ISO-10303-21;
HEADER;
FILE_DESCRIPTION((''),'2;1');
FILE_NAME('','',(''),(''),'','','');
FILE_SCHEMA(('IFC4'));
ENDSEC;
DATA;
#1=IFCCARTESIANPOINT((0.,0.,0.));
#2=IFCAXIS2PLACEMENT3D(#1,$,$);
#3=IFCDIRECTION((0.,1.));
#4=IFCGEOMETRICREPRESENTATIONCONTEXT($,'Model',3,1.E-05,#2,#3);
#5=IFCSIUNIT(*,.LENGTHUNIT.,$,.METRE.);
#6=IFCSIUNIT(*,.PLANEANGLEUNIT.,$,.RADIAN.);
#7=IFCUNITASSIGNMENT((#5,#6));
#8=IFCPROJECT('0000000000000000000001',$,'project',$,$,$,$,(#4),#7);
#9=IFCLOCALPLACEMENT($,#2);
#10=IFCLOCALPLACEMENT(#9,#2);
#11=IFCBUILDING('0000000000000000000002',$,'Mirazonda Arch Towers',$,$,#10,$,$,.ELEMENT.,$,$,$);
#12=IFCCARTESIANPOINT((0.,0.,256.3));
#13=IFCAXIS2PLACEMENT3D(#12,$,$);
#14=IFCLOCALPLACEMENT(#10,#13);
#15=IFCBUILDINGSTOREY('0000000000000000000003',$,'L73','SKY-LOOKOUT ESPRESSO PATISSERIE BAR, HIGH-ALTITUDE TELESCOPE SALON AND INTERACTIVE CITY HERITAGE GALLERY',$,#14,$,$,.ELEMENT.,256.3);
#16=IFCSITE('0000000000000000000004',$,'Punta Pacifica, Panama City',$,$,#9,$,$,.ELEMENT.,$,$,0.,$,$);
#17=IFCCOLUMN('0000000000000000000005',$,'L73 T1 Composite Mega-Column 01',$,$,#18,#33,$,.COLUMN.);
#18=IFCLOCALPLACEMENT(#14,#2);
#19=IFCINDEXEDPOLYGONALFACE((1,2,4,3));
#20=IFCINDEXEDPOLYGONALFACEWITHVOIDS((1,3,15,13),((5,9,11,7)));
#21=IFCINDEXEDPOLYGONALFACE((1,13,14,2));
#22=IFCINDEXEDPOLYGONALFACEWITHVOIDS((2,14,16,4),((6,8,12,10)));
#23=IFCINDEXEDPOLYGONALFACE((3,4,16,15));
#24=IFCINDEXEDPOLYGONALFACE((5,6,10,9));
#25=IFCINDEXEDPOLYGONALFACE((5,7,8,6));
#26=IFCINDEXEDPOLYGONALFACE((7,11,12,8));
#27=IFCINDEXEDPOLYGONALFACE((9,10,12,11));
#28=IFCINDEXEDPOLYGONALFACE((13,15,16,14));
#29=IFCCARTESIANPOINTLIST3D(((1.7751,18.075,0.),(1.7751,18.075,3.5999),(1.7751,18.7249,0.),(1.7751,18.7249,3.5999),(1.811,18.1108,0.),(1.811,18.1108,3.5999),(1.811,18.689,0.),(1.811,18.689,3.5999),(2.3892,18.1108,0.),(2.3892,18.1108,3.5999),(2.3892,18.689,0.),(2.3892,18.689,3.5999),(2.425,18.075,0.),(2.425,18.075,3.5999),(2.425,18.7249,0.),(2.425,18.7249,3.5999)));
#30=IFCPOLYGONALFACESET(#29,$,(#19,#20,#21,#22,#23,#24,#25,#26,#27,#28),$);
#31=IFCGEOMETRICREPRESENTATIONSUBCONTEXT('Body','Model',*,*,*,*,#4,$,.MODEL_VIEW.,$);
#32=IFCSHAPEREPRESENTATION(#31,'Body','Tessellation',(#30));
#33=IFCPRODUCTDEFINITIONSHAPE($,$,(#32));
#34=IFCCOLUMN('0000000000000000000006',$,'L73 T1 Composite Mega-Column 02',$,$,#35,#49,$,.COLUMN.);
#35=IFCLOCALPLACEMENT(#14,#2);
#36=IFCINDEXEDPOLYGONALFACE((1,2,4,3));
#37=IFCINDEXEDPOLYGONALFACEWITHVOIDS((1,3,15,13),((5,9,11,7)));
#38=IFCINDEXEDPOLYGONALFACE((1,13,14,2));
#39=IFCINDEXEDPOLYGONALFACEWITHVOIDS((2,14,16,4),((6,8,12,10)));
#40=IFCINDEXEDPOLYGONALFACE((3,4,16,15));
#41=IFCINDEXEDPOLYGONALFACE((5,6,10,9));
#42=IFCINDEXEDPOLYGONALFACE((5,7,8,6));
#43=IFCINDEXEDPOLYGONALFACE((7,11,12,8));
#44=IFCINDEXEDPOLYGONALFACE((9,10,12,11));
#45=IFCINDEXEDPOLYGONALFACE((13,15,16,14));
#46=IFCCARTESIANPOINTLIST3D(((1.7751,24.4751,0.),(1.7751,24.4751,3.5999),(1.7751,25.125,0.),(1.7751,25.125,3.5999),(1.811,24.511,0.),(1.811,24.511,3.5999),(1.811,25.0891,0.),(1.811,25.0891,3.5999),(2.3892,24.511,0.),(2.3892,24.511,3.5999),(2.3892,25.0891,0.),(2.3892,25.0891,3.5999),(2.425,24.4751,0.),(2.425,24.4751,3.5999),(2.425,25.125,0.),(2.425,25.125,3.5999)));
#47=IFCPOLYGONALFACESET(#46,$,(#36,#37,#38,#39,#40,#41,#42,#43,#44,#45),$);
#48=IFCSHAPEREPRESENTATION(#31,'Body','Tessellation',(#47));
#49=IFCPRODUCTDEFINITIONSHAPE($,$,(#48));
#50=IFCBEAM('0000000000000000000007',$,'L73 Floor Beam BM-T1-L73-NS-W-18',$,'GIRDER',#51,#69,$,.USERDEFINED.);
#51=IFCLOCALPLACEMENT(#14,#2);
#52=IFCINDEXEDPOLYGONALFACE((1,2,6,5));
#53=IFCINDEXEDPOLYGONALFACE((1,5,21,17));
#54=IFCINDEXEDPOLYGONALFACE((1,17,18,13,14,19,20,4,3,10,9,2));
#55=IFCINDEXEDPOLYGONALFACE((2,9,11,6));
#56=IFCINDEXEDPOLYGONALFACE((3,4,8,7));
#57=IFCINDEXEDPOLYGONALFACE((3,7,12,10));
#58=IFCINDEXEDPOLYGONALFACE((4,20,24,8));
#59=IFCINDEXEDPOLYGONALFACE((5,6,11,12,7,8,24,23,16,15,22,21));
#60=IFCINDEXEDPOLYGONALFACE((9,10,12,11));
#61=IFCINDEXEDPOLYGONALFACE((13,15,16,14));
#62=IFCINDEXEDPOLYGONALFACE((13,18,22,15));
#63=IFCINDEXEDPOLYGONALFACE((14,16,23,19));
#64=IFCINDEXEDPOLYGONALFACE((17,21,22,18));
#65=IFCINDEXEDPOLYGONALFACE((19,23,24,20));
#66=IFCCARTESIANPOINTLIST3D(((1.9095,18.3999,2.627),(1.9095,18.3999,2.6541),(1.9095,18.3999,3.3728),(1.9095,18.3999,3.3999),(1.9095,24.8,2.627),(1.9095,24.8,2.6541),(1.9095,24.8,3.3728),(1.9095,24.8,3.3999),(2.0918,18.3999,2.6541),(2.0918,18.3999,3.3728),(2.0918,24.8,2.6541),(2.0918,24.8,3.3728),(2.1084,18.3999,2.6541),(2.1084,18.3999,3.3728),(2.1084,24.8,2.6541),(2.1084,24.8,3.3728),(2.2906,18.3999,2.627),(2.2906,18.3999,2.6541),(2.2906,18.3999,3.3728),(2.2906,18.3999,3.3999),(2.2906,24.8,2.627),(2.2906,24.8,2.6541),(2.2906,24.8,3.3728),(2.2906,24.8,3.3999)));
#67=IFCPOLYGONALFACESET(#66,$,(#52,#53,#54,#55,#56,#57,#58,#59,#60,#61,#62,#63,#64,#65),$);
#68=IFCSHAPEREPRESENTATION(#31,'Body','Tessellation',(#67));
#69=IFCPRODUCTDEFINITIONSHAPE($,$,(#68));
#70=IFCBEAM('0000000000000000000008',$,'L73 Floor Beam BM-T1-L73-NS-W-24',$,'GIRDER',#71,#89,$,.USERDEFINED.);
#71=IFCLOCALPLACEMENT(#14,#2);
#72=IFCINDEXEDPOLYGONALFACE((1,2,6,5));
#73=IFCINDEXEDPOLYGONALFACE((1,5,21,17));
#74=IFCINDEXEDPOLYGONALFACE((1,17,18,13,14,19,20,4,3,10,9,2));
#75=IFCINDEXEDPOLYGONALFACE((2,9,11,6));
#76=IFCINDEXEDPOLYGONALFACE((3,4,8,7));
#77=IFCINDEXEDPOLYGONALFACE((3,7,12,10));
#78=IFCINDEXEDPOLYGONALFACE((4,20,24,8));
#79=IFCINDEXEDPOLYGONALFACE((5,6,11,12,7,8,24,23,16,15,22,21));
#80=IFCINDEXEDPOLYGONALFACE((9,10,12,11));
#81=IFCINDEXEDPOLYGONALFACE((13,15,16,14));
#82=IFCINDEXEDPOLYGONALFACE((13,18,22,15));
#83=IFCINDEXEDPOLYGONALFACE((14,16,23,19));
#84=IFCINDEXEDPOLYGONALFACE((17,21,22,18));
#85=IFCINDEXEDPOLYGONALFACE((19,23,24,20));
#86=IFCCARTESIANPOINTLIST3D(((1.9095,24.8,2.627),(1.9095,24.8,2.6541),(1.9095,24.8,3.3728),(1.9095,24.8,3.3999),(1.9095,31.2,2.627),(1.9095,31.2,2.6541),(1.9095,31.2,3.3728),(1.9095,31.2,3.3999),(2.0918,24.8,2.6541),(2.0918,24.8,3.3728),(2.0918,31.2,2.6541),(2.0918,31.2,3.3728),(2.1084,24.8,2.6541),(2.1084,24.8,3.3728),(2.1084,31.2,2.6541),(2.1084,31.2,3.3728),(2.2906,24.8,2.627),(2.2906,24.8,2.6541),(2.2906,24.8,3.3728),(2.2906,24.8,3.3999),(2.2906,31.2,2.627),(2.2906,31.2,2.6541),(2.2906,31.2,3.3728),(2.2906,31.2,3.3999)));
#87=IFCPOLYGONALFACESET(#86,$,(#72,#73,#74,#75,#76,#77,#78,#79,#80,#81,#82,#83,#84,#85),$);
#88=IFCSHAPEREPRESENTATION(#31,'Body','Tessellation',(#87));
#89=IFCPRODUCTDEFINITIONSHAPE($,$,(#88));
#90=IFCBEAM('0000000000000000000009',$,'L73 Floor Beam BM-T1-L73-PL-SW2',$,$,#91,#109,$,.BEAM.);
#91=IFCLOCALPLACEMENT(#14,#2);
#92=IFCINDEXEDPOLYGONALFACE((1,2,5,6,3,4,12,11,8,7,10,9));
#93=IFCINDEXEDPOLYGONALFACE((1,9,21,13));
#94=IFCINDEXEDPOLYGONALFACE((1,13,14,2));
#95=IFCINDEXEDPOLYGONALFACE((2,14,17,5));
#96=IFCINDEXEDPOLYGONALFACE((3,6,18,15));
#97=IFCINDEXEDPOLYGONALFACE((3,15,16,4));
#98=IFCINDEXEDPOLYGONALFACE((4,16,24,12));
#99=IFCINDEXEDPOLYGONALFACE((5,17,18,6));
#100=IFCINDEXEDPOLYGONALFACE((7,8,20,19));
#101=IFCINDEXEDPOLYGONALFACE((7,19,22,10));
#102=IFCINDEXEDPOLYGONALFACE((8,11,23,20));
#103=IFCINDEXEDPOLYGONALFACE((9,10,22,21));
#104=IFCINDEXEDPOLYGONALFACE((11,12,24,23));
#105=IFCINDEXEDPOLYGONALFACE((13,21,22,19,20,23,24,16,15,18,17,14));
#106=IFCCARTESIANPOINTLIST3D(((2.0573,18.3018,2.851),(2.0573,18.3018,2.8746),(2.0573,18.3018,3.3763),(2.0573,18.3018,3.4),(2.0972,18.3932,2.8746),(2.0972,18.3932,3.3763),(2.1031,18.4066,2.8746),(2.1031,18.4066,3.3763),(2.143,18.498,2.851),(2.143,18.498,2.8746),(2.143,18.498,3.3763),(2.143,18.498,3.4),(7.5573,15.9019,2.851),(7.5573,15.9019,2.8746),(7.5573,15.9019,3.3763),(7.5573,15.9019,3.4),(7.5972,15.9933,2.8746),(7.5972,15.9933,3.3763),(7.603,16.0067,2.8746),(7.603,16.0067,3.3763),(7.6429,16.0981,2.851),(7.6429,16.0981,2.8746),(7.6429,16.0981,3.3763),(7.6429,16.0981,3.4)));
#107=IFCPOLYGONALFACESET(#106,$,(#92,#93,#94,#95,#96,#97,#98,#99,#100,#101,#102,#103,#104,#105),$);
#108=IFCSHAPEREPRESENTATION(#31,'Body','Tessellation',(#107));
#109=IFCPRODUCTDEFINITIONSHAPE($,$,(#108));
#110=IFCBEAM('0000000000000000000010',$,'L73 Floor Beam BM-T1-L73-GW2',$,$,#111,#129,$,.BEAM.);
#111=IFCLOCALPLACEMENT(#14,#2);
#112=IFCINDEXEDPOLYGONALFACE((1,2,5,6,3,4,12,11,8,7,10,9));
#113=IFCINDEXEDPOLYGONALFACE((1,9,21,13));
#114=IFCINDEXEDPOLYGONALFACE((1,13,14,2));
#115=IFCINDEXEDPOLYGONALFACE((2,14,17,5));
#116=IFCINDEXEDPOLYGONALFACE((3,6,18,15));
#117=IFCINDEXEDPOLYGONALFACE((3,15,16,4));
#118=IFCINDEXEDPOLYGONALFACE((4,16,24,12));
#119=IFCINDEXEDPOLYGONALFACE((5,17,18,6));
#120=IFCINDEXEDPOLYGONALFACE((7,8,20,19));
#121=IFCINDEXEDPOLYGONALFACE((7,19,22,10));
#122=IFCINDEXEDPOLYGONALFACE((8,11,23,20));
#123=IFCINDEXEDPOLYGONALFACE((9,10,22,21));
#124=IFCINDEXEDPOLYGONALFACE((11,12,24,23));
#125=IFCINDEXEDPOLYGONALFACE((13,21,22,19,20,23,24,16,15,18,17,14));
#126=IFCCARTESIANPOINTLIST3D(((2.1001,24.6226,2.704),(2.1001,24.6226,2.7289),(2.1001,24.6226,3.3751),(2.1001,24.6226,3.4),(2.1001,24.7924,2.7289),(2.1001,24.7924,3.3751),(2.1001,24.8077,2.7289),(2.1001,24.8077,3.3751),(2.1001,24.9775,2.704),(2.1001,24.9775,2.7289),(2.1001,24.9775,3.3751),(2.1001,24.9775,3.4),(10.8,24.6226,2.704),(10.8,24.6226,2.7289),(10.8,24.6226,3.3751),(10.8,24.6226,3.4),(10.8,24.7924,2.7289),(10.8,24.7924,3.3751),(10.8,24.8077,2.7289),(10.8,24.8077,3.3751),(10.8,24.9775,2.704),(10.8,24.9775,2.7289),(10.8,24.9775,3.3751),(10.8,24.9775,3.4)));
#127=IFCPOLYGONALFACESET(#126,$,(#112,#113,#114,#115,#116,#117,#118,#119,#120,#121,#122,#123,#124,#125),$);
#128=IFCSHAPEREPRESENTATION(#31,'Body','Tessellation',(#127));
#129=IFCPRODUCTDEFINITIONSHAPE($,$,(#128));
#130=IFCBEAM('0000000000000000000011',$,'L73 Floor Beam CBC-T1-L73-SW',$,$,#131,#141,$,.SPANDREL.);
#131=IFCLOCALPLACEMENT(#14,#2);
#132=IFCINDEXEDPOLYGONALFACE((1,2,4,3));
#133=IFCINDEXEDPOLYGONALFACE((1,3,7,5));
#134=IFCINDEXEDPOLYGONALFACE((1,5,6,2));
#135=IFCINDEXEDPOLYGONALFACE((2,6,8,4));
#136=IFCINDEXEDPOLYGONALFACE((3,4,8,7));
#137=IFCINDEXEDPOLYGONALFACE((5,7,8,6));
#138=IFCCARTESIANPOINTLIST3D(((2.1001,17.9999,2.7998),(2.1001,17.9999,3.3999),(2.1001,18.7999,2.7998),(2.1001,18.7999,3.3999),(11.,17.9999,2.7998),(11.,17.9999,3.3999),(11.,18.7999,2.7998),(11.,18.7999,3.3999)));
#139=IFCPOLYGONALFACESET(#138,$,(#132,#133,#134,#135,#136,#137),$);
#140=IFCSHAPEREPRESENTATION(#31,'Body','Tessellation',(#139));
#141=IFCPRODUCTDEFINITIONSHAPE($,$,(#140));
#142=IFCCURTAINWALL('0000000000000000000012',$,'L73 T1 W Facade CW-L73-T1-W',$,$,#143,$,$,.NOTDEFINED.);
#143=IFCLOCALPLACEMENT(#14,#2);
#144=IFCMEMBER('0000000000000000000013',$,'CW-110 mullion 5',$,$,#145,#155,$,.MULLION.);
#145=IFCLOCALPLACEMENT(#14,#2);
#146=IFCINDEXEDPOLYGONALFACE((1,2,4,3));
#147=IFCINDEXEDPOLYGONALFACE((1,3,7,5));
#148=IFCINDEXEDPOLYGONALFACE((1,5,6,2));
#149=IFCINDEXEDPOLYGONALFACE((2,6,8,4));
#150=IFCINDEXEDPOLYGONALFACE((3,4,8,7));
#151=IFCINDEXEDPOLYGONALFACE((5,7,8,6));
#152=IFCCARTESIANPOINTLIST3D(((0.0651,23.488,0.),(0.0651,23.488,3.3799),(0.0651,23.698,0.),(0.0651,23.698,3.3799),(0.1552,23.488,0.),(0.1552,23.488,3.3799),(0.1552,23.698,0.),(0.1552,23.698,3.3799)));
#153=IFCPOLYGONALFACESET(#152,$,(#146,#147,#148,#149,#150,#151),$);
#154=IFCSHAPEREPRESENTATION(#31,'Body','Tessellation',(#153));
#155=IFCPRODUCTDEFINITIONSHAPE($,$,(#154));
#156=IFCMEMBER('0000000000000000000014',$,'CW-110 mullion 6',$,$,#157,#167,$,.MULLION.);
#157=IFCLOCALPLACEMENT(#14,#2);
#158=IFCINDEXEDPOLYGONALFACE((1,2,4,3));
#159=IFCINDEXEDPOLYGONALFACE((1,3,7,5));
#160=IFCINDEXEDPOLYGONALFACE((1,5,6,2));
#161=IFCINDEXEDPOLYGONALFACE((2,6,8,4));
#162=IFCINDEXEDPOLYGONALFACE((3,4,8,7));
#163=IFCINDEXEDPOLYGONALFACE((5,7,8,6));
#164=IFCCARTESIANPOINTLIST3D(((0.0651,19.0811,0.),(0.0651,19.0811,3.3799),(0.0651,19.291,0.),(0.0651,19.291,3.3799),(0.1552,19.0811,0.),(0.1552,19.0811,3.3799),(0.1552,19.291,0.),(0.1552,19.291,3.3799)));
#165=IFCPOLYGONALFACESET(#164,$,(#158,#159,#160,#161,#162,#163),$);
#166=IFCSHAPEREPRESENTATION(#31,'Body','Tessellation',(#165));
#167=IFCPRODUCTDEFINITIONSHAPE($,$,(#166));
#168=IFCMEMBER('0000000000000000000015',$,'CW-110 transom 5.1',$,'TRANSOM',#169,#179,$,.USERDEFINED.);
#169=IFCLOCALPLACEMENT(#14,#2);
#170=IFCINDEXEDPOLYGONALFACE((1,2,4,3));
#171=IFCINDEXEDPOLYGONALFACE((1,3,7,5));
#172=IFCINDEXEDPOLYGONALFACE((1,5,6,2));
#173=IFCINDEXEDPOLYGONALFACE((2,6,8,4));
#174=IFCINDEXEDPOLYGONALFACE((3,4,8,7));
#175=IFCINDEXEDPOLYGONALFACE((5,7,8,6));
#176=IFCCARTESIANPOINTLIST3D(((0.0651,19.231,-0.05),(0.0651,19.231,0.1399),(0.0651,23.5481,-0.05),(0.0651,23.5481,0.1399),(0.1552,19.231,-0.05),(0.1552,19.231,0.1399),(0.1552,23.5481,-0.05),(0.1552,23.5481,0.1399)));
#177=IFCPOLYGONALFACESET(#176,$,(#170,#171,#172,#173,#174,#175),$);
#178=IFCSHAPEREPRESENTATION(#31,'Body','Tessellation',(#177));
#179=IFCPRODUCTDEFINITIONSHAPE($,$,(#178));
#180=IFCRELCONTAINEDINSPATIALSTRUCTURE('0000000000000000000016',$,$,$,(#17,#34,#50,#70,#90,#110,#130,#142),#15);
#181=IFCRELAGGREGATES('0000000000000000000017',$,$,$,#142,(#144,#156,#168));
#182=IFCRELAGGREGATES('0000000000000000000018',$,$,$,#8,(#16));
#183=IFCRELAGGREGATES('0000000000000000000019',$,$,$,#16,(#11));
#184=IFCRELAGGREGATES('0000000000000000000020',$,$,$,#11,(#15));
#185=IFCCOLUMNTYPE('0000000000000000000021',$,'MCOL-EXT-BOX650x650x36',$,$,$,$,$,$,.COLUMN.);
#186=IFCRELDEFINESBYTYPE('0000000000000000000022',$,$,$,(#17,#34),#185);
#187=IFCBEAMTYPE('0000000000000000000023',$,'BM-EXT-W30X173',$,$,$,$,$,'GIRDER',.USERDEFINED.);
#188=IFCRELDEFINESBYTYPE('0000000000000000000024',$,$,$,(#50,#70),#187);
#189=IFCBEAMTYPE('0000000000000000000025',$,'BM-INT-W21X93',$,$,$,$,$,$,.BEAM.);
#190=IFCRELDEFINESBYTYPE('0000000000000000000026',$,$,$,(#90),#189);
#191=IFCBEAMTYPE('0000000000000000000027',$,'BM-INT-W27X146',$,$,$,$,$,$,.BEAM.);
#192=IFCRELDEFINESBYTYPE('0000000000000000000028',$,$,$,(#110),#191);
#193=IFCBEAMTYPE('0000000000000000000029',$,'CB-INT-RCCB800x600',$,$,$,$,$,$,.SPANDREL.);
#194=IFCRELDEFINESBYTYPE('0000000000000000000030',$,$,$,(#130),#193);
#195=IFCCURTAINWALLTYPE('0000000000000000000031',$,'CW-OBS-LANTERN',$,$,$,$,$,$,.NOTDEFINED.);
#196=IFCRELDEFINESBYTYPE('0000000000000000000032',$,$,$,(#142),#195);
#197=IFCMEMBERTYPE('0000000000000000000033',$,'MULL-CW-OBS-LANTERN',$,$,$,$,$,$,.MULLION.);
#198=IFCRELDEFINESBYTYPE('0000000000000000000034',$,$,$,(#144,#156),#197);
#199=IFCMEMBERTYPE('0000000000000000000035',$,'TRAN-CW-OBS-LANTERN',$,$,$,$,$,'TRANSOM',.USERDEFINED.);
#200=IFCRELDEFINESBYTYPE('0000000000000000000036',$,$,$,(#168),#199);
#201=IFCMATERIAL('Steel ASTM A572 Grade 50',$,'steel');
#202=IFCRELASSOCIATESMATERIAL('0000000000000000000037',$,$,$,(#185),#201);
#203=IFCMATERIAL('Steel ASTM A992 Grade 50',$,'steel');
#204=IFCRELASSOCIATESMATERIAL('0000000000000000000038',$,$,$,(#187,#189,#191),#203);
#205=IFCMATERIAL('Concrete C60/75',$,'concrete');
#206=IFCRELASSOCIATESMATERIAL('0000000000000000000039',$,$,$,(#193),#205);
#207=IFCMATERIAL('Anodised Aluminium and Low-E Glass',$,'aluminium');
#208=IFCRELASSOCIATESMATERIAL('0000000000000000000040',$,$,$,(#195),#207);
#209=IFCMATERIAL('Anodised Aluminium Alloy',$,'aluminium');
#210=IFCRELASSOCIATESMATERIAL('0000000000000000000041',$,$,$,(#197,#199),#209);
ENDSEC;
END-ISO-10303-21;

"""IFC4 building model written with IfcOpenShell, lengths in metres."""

from ifc_helpers import new_model, si_unit, direction, frame, origin, origin_2d, place, context, subcontext, project, spatial, rectangle, hollow_rectangle, i_section, extrude, material, material_profile, profile_set, type_object, element, aggregate, save


model = new_model("IFC4")

# Units and contexts
model_context = context("Model", 3, precision=1e-05, world=origin(), true_north=direction((0.0, 1.0)))
body_context = subcontext(model_context, "Body", "Model", "MODEL_VIEW")
ifc_project = project(units=[si_unit("LENGTHUNIT", "METRE"), si_unit("PLANEANGLEUNIT", "RADIAN")], contexts=[model_context])

# Site, building, storey
site_placement = place(None, origin())
site = spatial("IfcSite", under=ifc_project, at=site_placement, Name="Punta Pacifica, Panama City", CompositionType="ELEMENT", RefElevation=0.0)
building_placement = place(site_placement, origin())
building = spatial("IfcBuilding", under=site, at=building_placement, Name="Mirazonda Arch Towers", CompositionType="ELEMENT")
storey_placement = place(building_placement, frame((0.0, 0.0, 256.3)))
storey = spatial("IfcBuildingStorey", under=building, at=storey_placement, Name="L73", Description="SKY-LOOKOUT ESPRESSO PATISSERIE BAR, HIGH-ALTITUDE TELESCOPE SALON AND INTERACTIVE CITY HERITAGE GALLERY", CompositionType="ELEMENT", Elevation=256.3)

# Columns
ifc_material_1 = material(Name="Steel ASTM A572 Grade 50", Category="steel")
ifc_material_profile_1 = material_profile(ifc_material_1, hollow_rectangle(XDim=0.6499, YDim=0.6499, WallThickness=0.0359, at=origin_2d()), Name="BOX650x650x36")
ifc_profile_set_1 = profile_set([ifc_material_profile_1], Name="Steel ASTM A572 Grade 50")
column_type = type_object("IfcColumnType", Name="MCOL-EXT-BOX650x650x36", PredefinedType="COLUMN", material=ifc_profile_set_1)
for number, where, z_axis, x_axis, name in (
    (1, (2.1001, 18.3999, 0.0), (0.0, 0.0, 1.0), (1.0, 0.0, 0.0), "L73 T1 Composite Mega-Column 01"),
    (2, (2.1001, 24.8, 0.0), (0.0, 0.0, 1.0), (1.0, 0.0, 0.0), "L73 T1 Composite Mega-Column 02"),
):
    element("IfcColumn", number, at=place(storey_placement, frame(where, z_axis=z_axis, x_axis=x_axis)), inside=storey, type_object=column_type, Name=name, PredefinedType="COLUMN", context=body_context, shape_type="SweptSolid", body=[
        extrude(hollow_rectangle(XDim=0.6499, YDim=0.6499, WallThickness=0.0359, at=origin_2d()), origin(), (0.0, 0.0, 1.0), 3.5999),
    ])

# Beams
ifc_material_2 = material(Name="Steel ASTM A992 Grade 50", Category="steel")
ifc_material_profile_2 = material_profile(ifc_material_2, i_section(OverallWidth=0.3811, OverallDepth=0.7729, WebThickness=0.0166, FlangeThickness=0.0271, at=origin_2d()), Name="W30X173")
ifc_profile_set_2 = profile_set([ifc_material_profile_2], Name="Steel ASTM A992 Grade 50")
beam_type_1 = type_object("IfcBeamType", Name="BM-EXT-W30X173", ElementType="GIRDER", PredefinedType="USERDEFINED", material=ifc_profile_set_2)
beam_1_placement = place(storey_placement, frame((2.1001, 18.3999, 3.0134), z_axis=(0.0, 1.0, 0.0), x_axis=(-1.0, 0.0, 0.0)))
element("IfcBeam", 3, at=beam_1_placement, inside=storey, type_object=beam_type_1, Name="L73 Floor Beam BM-T1-L73-NS-W-18", ObjectType="GIRDER", PredefinedType="USERDEFINED", context=body_context, shape_type="SweptSolid", body=[
    extrude(i_section(OverallWidth=0.3811, OverallDepth=0.7729, WebThickness=0.0166, FlangeThickness=0.0271, at=origin_2d()), origin(), (0.0, 0.0, 1.0), 6.4001),
])
beam_2_placement = place(storey_placement, frame((2.1001, 24.8, 3.0134), z_axis=(0.0, 1.0, 0.0), x_axis=(-1.0, 0.0, 0.0)))
element("IfcBeam", 4, at=beam_2_placement, inside=storey, type_object=beam_type_1, Name="L73 Floor Beam BM-T1-L73-NS-W-24", ObjectType="GIRDER", PredefinedType="USERDEFINED", context=body_context, shape_type="SweptSolid", body=[
    extrude(i_section(OverallWidth=0.3811, OverallDepth=0.7729, WebThickness=0.0166, FlangeThickness=0.0271, at=origin_2d()), origin(), (0.0, 0.0, 1.0), 6.3999),
])
ifc_material_profile_3 = material_profile(ifc_material_2, i_section(OverallWidth=0.2141, OverallDepth=0.5491, WebThickness=0.0146, FlangeThickness=0.0237, at=origin_2d()), Name="W21X93")
ifc_profile_set_3 = profile_set([ifc_material_profile_3], Name="Steel ASTM A992 Grade 50")
beam_type_2 = type_object("IfcBeamType", Name="BM-INT-W21X93", PredefinedType="BEAM", material=ifc_profile_set_3)
beam_3_placement = place(storey_placement, frame((7.6001, 16.0, 3.1255), z_axis=(-0.916545, 0.399931, 0.0), x_axis=(-0.399931, -0.916545, 0.0)))
element("IfcBeam", 5, at=beam_3_placement, inside=storey, type_object=beam_type_2, Name="L73 Floor Beam BM-T1-L73-PL-SW2", PredefinedType="BEAM", context=body_context, shape_type="SweptSolid", body=[
    extrude(i_section(OverallWidth=0.2141, OverallDepth=0.5491, WebThickness=0.0146, FlangeThickness=0.0237, at=origin_2d()), origin(), (0.0, 0.0, 1.0), 6.0007),
])
ifc_material_profile_4 = material_profile(ifc_material_2, i_section(OverallWidth=0.355, OverallDepth=0.696, WebThickness=0.0154, FlangeThickness=0.0249, at=origin_2d()), Name="W27X146")
ifc_profile_set_4 = profile_set([ifc_material_profile_4], Name="Steel ASTM A992 Grade 50")
beam_type_3 = type_object("IfcBeamType", Name="BM-INT-W27X146", PredefinedType="BEAM", material=ifc_profile_set_4)
beam_4_placement = place(storey_placement, frame((2.1001, 24.8, 3.052), z_axis=(1.0, 0.0, 0.0), x_axis=(0.0, 1.0, 0.0)))
element("IfcBeam", 6, at=beam_4_placement, inside=storey, type_object=beam_type_3, Name="L73 Floor Beam BM-T1-L73-GW2", PredefinedType="BEAM", context=body_context, shape_type="SweptSolid", body=[
    extrude(i_section(OverallWidth=0.355, OverallDepth=0.696, WebThickness=0.0154, FlangeThickness=0.0249, at=origin_2d()), origin(), (0.0, 0.0, 1.0), 8.7),
])
ifc_material_3 = material(Name="Concrete C60/75", Category="concrete")
ifc_material_profile_5 = material_profile(ifc_material_3, rectangle(XDim=0.8, YDim=0.6001, at=origin_2d()), Name="RCCB800x600")
ifc_profile_set_5 = profile_set([ifc_material_profile_5], Name="Concrete C60/75")
beam_type_4 = type_object("IfcBeamType", Name="CB-INT-RCCB800x600", PredefinedType="SPANDREL", material=ifc_profile_set_5)
beam_5_placement = place(storey_placement, frame((2.1001, 18.3999, 3.0999), z_axis=(1.0, 0.0, 0.0), x_axis=(0.0, 1.0, 0.0)))
element("IfcBeam", 7, at=beam_5_placement, inside=storey, type_object=beam_type_4, Name="L73 Floor Beam CBC-T1-L73-SW", PredefinedType="SPANDREL", context=body_context, shape_type="SweptSolid", body=[
    extrude(rectangle(XDim=0.8, YDim=0.6001, at=origin_2d()), origin(), (0.0, 0.0, 1.0), 8.8999),
])

# Curtain wall, members
ifc_material_4 = material(Name="Anodised Aluminium and Low-E Glass", Category="aluminium")
curtain_wall_type = type_object("IfcCurtainWallType", Name="CW-OBS-LANTERN", PredefinedType="NOTDEFINED", material=ifc_material_4)
curtain_wall_placement = place(storey_placement, origin())
curtain_wall = element("IfcCurtainWall", 8, at=curtain_wall_placement, inside=storey, type_object=curtain_wall_type, Name="L73 T1 W Facade CW-L73-T1-W", PredefinedType="NOTDEFINED")
ifc_material_5 = material(Name="Anodised Aluminium Alloy", Category="aluminium")
ifc_material_profile_6 = material_profile(ifc_material_5, rectangle(XDim=0.0901, YDim=0.21, at=origin_2d()), Name="ALU-MULL-90x210")
ifc_profile_set_6 = profile_set([ifc_material_profile_6], Name="Anodised Aluminium Alloy")
member_type_1 = type_object("IfcMemberType", Name="MULL-CW-OBS-LANTERN", PredefinedType="MULLION", material=ifc_profile_set_6)
member_1_placement = place(storey_placement, frame((0.1101, 23.593, 0.0), z_axis=(0.0, 0.0, 1.0), x_axis=(1.0, 0.0, 0.0)))
member_1 = element("IfcMember", 9, at=member_1_placement, type_object=member_type_1, Name="CW-110 mullion 5", PredefinedType="MULLION", context=body_context, shape_type="SweptSolid", body=[
    extrude(rectangle(XDim=0.0901, YDim=0.21, at=origin_2d()), origin(), (0.0, 0.0, 1.0), 3.3799),
])
member_2_placement = place(storey_placement, frame((0.1101, 19.186, 0.0), z_axis=(0.0, 0.0, 1.0), x_axis=(1.0, 0.0, 0.0)))
member_2 = element("IfcMember", 10, at=member_2_placement, type_object=member_type_1, Name="CW-110 mullion 6", PredefinedType="MULLION", context=body_context, shape_type="SweptSolid", body=[
    extrude(rectangle(XDim=0.0901, YDim=0.21, at=origin_2d()), origin(), (0.0, 0.0, 1.0), 3.3799),
])
ifc_material_profile_7 = material_profile(ifc_material_5, rectangle(XDim=0.0901, YDim=0.1899, at=origin_2d()), Name="ALU-TRAN-90x190")
ifc_profile_set_7 = profile_set([ifc_material_profile_7], Name="Anodised Aluminium Alloy")
member_type_2 = type_object("IfcMemberType", Name="TRAN-CW-OBS-LANTERN", ElementType="TRANSOM", PredefinedType="USERDEFINED", material=ifc_profile_set_7)
member_3_placement = place(storey_placement, frame((0.1101, 23.5481, 0.0449), z_axis=(0.0, -1.0, 0.0), x_axis=(1.0, 0.0, 0.0)))
member_3 = element("IfcMember", 11, at=member_3_placement, type_object=member_type_2, Name="CW-110 transom 5.1", ObjectType="TRANSOM", PredefinedType="USERDEFINED", context=body_context, shape_type="SweptSolid", body=[
    extrude(rectangle(XDim=0.0901, YDim=0.1899, at=origin_2d()), origin(), (0.0, 0.0, 1.0), 4.3171),
])
aggregate(curtain_wall, [member_1, member_2, member_3])

save(model, "model.ifc")
